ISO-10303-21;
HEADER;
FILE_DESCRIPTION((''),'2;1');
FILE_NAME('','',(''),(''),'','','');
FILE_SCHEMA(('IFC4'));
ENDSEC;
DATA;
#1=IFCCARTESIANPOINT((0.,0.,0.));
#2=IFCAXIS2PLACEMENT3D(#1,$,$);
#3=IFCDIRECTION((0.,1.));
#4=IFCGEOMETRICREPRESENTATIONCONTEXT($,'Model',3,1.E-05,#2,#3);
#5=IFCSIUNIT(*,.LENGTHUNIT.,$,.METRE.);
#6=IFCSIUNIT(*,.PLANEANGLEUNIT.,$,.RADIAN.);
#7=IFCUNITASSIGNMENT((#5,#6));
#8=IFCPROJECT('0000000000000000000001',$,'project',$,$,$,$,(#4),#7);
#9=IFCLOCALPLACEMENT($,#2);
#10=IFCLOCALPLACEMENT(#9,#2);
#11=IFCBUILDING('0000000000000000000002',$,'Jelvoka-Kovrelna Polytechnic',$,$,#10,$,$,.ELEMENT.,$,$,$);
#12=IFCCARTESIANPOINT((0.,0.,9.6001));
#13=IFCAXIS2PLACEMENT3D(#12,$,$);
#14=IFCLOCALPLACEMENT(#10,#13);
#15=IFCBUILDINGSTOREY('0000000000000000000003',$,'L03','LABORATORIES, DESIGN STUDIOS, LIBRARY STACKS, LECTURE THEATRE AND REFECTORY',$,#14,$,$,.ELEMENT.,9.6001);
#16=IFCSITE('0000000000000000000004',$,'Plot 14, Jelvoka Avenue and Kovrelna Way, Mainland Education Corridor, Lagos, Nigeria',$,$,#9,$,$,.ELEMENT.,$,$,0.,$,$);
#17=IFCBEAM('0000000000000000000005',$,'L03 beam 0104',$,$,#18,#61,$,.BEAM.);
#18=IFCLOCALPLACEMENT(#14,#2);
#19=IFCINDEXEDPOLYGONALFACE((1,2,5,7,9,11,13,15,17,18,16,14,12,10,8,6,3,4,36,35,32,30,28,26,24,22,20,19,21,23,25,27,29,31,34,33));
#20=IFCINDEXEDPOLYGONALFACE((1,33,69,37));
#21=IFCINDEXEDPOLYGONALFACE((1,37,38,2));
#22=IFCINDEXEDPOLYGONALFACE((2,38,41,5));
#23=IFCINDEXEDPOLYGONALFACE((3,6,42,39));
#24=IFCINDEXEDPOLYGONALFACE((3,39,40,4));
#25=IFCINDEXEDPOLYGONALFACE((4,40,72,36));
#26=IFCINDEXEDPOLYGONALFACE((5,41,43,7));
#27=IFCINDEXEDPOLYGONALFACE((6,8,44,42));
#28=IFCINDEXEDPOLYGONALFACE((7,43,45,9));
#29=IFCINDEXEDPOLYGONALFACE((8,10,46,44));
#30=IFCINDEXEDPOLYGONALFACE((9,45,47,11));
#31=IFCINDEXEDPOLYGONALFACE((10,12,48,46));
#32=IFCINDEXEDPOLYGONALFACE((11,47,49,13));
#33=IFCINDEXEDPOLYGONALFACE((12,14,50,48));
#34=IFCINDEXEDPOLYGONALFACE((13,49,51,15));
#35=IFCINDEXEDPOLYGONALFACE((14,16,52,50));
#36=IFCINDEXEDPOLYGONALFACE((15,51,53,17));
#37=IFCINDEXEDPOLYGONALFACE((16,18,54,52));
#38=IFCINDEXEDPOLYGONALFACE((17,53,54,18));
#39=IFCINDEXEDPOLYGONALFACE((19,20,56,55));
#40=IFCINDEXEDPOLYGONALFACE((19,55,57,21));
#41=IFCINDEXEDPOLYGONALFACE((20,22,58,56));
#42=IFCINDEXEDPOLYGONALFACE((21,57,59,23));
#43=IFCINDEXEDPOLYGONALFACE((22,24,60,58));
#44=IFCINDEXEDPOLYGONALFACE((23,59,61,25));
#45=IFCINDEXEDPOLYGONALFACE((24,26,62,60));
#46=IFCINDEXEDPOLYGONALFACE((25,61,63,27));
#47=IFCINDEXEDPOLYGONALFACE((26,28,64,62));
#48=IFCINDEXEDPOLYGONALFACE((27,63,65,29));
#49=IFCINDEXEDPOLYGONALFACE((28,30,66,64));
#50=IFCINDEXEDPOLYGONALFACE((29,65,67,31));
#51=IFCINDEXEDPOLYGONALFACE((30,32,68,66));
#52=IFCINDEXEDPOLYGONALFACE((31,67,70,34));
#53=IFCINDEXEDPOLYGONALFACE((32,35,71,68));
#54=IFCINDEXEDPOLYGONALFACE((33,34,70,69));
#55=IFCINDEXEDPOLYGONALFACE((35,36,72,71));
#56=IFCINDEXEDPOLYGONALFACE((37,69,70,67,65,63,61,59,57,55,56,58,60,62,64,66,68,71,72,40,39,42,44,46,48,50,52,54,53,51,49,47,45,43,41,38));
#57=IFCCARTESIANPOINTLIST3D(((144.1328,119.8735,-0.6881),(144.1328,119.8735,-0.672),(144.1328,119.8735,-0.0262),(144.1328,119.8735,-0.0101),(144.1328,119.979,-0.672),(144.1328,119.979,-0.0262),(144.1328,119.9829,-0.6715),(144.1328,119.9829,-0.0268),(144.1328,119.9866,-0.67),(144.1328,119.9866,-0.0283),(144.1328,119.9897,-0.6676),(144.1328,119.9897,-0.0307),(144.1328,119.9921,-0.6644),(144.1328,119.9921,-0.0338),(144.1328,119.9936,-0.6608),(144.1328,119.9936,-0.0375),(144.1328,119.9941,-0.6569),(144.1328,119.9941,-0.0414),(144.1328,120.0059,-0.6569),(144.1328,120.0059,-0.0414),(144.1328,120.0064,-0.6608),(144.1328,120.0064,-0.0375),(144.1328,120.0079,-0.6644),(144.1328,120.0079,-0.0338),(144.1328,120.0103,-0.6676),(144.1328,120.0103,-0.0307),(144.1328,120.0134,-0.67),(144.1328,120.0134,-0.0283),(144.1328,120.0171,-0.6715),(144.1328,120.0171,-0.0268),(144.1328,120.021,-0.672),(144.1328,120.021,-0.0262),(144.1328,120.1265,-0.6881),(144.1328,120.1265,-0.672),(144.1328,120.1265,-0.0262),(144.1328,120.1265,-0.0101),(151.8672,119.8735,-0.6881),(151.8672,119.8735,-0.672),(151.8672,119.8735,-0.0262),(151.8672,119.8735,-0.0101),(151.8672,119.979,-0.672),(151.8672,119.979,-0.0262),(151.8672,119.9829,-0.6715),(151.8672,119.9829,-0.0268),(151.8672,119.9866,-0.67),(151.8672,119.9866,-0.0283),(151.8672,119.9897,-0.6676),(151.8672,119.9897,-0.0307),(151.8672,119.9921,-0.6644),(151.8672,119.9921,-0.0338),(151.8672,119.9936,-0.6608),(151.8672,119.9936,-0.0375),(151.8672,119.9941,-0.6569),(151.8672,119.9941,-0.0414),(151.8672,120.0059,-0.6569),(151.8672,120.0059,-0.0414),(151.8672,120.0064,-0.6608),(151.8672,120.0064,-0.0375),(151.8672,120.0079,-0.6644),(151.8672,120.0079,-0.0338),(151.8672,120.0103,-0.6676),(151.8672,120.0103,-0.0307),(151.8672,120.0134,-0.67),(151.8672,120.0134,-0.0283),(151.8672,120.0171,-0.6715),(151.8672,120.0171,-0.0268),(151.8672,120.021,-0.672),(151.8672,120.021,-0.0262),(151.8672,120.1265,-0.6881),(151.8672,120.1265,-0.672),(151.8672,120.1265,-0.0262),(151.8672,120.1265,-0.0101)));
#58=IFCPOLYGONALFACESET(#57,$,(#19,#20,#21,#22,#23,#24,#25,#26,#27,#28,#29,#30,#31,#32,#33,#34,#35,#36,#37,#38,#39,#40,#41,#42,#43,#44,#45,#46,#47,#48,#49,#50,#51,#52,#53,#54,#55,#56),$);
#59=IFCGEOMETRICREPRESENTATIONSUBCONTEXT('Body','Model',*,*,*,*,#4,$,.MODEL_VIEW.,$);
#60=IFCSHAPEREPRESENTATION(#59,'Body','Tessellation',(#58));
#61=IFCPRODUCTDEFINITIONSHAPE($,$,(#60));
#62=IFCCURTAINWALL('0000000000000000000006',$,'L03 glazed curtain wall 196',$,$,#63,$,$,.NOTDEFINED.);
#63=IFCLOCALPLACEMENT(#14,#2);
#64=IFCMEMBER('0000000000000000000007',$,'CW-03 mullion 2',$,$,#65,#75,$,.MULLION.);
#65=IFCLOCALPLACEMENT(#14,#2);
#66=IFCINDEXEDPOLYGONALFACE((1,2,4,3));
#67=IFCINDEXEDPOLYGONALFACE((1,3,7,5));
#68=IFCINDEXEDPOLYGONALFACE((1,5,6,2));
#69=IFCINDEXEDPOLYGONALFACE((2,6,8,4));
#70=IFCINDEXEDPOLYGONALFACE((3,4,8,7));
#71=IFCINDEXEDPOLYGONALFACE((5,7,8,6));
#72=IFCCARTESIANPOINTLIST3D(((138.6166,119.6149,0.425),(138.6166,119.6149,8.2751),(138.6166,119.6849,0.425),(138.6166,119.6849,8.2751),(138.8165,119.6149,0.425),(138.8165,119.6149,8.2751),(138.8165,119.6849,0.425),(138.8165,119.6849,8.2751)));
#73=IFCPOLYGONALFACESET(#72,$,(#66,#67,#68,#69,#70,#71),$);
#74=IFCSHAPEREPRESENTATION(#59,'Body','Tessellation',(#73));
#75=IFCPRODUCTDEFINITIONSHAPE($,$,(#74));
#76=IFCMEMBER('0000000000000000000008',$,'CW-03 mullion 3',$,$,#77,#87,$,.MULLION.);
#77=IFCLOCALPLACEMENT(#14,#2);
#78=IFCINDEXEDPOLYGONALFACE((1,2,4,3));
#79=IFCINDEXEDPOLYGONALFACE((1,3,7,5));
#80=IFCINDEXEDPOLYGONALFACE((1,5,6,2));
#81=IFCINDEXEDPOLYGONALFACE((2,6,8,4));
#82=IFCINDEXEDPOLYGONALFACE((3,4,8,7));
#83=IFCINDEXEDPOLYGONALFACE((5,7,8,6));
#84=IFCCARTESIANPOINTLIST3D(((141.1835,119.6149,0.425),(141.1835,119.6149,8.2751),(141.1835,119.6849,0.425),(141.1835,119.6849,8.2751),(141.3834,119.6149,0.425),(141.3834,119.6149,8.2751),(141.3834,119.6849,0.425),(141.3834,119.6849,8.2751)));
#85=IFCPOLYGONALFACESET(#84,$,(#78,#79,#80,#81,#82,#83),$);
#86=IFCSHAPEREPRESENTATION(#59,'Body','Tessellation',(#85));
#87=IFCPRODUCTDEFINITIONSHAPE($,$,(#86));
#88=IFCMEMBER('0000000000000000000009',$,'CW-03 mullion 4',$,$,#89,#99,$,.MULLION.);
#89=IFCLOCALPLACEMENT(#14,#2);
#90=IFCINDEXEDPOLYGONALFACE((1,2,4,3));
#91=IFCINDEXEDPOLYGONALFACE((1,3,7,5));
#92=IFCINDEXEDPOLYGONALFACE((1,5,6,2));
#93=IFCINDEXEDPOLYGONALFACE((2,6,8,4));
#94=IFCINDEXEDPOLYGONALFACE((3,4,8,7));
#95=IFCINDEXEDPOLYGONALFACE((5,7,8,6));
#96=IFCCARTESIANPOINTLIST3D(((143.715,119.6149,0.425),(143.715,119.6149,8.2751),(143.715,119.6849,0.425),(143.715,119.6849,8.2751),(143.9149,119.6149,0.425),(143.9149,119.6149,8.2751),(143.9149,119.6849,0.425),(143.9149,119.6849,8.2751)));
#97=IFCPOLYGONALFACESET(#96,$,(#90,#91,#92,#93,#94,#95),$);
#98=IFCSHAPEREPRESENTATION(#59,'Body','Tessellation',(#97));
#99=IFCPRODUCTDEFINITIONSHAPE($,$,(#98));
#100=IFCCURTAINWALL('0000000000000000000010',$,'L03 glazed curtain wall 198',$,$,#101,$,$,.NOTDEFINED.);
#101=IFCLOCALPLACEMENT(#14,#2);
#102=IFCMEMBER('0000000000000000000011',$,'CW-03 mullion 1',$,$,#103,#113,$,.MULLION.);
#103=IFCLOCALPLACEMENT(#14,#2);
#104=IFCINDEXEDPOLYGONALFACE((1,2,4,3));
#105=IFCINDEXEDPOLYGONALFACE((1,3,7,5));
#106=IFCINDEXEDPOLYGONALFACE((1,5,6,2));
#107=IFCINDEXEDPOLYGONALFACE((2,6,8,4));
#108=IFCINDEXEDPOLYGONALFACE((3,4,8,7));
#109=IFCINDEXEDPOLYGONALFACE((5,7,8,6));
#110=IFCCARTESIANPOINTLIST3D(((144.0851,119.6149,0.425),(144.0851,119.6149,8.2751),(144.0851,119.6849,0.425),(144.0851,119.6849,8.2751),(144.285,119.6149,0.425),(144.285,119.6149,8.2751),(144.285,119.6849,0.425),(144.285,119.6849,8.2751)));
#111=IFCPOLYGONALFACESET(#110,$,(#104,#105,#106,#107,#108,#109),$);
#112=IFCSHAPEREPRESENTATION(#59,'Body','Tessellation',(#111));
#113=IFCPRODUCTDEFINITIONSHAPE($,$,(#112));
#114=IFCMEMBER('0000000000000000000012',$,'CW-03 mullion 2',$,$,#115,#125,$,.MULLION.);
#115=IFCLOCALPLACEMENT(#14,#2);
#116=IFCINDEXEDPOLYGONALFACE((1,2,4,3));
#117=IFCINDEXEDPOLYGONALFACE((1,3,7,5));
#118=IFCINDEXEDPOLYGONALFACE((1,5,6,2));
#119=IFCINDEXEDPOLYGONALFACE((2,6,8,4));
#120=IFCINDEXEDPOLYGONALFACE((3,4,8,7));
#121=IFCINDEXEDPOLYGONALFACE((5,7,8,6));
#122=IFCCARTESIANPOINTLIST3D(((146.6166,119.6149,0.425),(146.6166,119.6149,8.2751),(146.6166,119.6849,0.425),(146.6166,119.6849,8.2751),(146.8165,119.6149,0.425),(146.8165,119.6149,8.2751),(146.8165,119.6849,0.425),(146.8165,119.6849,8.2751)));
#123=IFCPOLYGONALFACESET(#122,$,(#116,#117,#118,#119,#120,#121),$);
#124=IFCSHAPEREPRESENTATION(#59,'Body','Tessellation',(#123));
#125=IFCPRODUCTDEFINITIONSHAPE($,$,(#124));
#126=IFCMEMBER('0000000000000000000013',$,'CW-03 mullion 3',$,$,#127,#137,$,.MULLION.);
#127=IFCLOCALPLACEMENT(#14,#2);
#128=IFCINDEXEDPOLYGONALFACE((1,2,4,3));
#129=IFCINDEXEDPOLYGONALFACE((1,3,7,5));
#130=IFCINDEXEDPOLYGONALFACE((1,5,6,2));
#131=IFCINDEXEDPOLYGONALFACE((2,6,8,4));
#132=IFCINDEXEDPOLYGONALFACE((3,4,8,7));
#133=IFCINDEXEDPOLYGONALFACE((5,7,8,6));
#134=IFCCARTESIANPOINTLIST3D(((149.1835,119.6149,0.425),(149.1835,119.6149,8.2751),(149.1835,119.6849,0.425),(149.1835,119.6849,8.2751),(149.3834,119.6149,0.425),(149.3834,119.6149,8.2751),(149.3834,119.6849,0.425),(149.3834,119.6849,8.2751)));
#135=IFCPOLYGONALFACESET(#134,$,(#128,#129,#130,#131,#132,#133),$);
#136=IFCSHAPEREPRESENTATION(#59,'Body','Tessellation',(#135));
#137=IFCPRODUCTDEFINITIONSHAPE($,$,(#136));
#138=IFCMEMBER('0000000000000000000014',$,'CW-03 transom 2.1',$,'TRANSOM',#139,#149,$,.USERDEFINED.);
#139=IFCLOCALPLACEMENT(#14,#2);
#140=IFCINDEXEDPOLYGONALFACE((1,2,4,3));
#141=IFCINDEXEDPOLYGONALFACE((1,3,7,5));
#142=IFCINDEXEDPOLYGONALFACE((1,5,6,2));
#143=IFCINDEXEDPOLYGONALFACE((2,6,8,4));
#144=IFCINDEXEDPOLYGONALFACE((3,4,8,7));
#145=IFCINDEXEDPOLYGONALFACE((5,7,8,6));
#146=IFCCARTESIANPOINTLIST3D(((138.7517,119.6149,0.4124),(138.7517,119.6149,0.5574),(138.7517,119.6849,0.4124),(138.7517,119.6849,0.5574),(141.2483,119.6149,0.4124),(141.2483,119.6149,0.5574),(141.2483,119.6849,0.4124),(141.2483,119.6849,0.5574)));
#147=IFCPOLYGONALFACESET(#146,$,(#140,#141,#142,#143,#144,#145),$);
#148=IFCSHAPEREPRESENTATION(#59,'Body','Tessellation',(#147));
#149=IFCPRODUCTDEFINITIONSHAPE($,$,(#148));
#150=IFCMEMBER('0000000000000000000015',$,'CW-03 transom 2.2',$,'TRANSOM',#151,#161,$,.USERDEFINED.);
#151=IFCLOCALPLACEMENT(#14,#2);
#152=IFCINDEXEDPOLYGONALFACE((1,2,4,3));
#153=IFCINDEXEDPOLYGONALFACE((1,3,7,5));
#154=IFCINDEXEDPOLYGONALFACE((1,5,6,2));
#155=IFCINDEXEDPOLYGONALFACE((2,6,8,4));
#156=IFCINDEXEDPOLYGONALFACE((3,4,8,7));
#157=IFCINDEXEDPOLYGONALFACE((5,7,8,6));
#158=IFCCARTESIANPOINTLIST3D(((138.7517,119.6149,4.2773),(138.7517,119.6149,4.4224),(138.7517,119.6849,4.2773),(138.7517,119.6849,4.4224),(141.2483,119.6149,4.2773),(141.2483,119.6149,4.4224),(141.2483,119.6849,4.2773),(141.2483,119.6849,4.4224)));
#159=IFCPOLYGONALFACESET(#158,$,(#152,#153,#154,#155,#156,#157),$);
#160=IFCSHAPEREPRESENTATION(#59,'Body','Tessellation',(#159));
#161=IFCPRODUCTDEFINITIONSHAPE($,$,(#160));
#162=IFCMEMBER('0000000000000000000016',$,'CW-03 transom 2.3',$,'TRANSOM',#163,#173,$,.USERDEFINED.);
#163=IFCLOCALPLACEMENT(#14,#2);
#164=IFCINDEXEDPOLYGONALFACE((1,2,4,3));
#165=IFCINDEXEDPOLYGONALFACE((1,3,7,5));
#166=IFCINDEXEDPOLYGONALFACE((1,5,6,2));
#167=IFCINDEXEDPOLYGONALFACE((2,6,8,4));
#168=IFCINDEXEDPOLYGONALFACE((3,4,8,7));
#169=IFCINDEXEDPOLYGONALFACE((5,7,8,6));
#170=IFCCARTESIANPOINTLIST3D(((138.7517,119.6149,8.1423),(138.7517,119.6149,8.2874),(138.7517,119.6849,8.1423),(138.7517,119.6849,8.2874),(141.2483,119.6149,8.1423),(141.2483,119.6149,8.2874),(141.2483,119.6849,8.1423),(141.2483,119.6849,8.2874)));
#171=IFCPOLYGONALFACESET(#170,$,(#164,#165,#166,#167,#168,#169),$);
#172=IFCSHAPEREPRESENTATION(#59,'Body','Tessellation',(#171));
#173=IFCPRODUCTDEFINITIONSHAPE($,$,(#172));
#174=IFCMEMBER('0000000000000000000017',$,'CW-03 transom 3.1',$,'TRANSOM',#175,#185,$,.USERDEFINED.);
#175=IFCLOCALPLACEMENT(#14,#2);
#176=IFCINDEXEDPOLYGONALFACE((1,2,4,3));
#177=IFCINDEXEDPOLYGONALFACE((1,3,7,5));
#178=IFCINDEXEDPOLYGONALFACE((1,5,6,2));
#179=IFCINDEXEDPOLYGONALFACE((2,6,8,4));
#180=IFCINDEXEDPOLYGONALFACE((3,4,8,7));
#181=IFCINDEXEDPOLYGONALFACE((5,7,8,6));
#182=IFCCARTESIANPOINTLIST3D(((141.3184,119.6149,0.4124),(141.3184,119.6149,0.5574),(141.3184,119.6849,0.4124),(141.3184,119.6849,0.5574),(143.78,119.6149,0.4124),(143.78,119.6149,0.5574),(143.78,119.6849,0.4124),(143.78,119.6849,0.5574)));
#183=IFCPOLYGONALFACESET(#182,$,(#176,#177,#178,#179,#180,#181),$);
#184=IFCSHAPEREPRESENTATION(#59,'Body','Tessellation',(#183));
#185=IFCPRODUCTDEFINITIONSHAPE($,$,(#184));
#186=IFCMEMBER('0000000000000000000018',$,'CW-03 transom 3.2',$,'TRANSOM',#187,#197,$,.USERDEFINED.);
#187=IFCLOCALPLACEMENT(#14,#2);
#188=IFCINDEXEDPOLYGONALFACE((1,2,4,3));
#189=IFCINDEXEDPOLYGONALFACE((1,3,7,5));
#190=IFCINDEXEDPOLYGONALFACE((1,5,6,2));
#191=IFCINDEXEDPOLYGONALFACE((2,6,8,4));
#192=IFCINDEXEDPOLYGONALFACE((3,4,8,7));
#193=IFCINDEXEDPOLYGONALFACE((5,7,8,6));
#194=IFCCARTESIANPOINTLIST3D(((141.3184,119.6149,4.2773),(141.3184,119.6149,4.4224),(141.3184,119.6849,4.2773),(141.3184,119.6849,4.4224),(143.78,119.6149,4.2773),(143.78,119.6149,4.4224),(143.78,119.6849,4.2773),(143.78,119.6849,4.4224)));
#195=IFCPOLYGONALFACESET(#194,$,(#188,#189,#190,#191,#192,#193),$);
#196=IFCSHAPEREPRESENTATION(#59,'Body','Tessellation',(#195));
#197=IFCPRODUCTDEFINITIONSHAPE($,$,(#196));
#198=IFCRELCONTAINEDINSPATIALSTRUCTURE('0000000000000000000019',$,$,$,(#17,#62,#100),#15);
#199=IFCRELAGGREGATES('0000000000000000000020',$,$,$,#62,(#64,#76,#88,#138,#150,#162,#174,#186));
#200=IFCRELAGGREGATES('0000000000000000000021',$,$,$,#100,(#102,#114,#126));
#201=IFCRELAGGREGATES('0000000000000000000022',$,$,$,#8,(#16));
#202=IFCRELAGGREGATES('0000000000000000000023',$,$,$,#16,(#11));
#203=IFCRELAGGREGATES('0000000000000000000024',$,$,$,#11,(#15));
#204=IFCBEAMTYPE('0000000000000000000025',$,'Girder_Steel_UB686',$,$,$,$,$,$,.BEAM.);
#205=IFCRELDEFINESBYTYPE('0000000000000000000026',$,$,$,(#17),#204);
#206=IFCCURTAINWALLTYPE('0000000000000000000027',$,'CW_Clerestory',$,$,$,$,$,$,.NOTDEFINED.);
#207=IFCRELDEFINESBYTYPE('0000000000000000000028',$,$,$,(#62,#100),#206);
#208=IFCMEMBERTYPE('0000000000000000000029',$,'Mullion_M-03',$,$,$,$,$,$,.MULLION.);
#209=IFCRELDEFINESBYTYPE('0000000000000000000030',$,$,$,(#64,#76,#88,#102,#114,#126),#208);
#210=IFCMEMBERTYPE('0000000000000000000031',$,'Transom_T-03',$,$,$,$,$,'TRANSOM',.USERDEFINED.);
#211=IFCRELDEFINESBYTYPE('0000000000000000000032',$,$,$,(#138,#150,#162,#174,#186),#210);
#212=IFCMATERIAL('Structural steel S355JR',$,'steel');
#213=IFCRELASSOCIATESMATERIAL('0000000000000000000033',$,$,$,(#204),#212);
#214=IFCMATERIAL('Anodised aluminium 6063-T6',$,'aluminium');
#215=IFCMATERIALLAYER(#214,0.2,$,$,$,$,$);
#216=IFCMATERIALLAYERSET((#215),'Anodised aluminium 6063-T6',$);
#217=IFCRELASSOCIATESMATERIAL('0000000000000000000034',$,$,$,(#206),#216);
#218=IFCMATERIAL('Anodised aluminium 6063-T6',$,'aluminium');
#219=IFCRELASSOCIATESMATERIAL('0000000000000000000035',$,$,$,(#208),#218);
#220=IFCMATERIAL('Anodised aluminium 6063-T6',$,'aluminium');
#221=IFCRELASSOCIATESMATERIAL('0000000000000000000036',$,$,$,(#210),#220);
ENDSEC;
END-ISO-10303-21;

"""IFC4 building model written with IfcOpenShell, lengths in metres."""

from ifc_helpers import new_model, si_unit, direction, frame, origin, origin_2d, place, context, subcontext, project, spatial, rectangle, i_section, extrude, material, layer, layer_set, material_profile, profile_set, type_object, element, aggregate, save


model = new_model("IFC4")

# Units and contexts
model_context = context("Model", 3, precision=1e-05, world=origin(), true_north=direction((0.0, 1.0)))
body_context = subcontext(model_context, "Body", "Model", "MODEL_VIEW")
ifc_project = project(units=[si_unit("LENGTHUNIT", "METRE"), si_unit("PLANEANGLEUNIT", "RADIAN")], contexts=[model_context])

# Site, building, storey
site_placement = place(None, origin())
site = spatial("IfcSite", under=ifc_project, at=site_placement, Name="Plot 14, Jelvoka Avenue and Kovrelna Way, Mainland Education Corridor, Lagos, Nigeria", CompositionType="ELEMENT", RefElevation=0.0)
building_placement = place(site_placement, origin())
building = spatial("IfcBuilding", under=site, at=building_placement, Name="Jelvoka-Kovrelna Polytechnic", CompositionType="ELEMENT")
storey_placement = place(building_placement, frame((0.0, 0.0, 9.6001)))
storey = spatial("IfcBuildingStorey", under=building, at=storey_placement, Name="L03", Description="LABORATORIES, DESIGN STUDIOS, LIBRARY STACKS, LECTURE THEATRE AND REFECTORY", CompositionType="ELEMENT", Elevation=9.6001)

# Beam
ifc_material_1 = material(Name="Structural steel S355JR", Category="steel")
ifc_material_profile_1 = material_profile(ifc_material_1, i_section(OverallWidth=0.2529, OverallDepth=0.678, WebThickness=0.0117, FlangeThickness=0.0161, FilletRadius=0.0151, at=origin_2d()), Name="686x254x125 UB")
ifc_profile_set_1 = profile_set([ifc_material_profile_1], Name="Structural steel S355JR")
beam_type = type_object("IfcBeamType", Name="Girder_Steel_UB686", PredefinedType="BEAM", material=ifc_profile_set_1)
beam_placement = place(storey_placement, frame((144.1328, 120.0, -0.3491), z_axis=(1.0, 0.0, 0.0), x_axis=(0.0, 1.0, 0.0)))
element("IfcBeam", 1, at=beam_placement, inside=storey, type_object=beam_type, Name="L03 beam 0104", PredefinedType="BEAM", context=body_context, shape_type="SweptSolid", body=[
    extrude(i_section(OverallWidth=0.2529, OverallDepth=0.678, WebThickness=0.0117, FlangeThickness=0.0161, FilletRadius=0.0151, at=origin_2d()), origin(), (0.0, 0.0, 1.0), 7.7344),
])

# Curtain walls, members
ifc_material_2 = material(Name="Anodised aluminium 6063-T6", Category="aluminium")
ifc_layer_1 = layer(ifc_material_2, 0.2)
ifc_layer_set_1 = layer_set([ifc_layer_1], Name="Anodised aluminium 6063-T6")
curtain_wall_type = type_object("IfcCurtainWallType", Name="CW_Clerestory", PredefinedType="NOTDEFINED", material=ifc_layer_set_1)
curtain_wall_1_placement = place(storey_placement, origin())
curtain_wall_1 = element("IfcCurtainWall", 2, at=curtain_wall_1_placement, inside=storey, type_object=curtain_wall_type, Name="L03 glazed curtain wall 196", PredefinedType="NOTDEFINED")
ifc_material_3 = material(Name="Anodised aluminium 6063-T6", Category="aluminium")
ifc_material_profile_2 = material_profile(ifc_material_3, rectangle(XDim=0.0701, YDim=0.2, at=origin_2d()), Name="ALU 70x200")
ifc_profile_set_2 = profile_set([ifc_material_profile_2], Name="Anodised aluminium 6063-T6")
member_type_1 = type_object("IfcMemberType", Name="Mullion_M-03", PredefinedType="MULLION", material=ifc_profile_set_2)
member_1_placement = place(storey_placement, frame((138.7166, 119.6499, 0.425), z_axis=(0.0, 0.0, 1.0), x_axis=(0.0, 1.0, 0.0)))
member_1 = element("IfcMember", 3, at=member_1_placement, type_object=member_type_1, Name="CW-03 mullion 2", PredefinedType="MULLION", context=body_context, shape_type="SweptSolid", body=[
    extrude(rectangle(XDim=0.0701, YDim=0.2, at=origin_2d()), origin(), (0.0, 0.0, 1.0), 7.8501),
])
member_2_placement = place(storey_placement, frame((141.2834, 119.6499, 0.425), z_axis=(0.0, 0.0, 1.0), x_axis=(0.0, 1.0, 0.0)))
member_2 = element("IfcMember", 4, at=member_2_placement, type_object=member_type_1, Name="CW-03 mullion 3", PredefinedType="MULLION", context=body_context, shape_type="SweptSolid", body=[
    extrude(rectangle(XDim=0.0701, YDim=0.2, at=origin_2d()), origin(), (0.0, 0.0, 1.0), 7.8501),
])
member_3_placement = place(storey_placement, frame((143.8149, 119.6499, 0.425), z_axis=(0.0, 0.0, 1.0), x_axis=(0.0, 1.0, 0.0)))
member_3 = element("IfcMember", 5, at=member_3_placement, type_object=member_type_1, Name="CW-03 mullion 4", PredefinedType="MULLION", context=body_context, shape_type="SweptSolid", body=[
    extrude(rectangle(XDim=0.0701, YDim=0.2, at=origin_2d()), origin(), (0.0, 0.0, 1.0), 7.8501),
])
curtain_wall_2_placement = place(storey_placement, origin())
curtain_wall_2 = element("IfcCurtainWall", 6, at=curtain_wall_2_placement, inside=storey, type_object=curtain_wall_type, Name="L03 glazed curtain wall 198", PredefinedType="NOTDEFINED")
member_4_placement = place(storey_placement, frame((144.1851, 119.6499, 0.425), z_axis=(0.0, 0.0, 1.0), x_axis=(0.0, 1.0, 0.0)))
member_4 = element("IfcMember", 7, at=member_4_placement, type_object=member_type_1, Name="CW-03 mullion 1", PredefinedType="MULLION", context=body_context, shape_type="SweptSolid", body=[
    extrude(rectangle(XDim=0.0701, YDim=0.2, at=origin_2d()), origin(), (0.0, 0.0, 1.0), 7.8501),
])
member_5_placement = place(storey_placement, frame((146.7166, 119.6499, 0.425), z_axis=(0.0, 0.0, 1.0), x_axis=(0.0, 1.0, 0.0)))
member_5 = element("IfcMember", 8, at=member_5_placement, type_object=member_type_1, Name="CW-03 mullion 2", PredefinedType="MULLION", context=body_context, shape_type="SweptSolid", body=[
    extrude(rectangle(XDim=0.0701, YDim=0.2, at=origin_2d()), origin(), (0.0, 0.0, 1.0), 7.8501),
])
member_6_placement = place(storey_placement, frame((149.2834, 119.6499, 0.425), z_axis=(0.0, 0.0, 1.0), x_axis=(0.0, 1.0, 0.0)))
member_6 = element("IfcMember", 9, at=member_6_placement, type_object=member_type_1, Name="CW-03 mullion 3", PredefinedType="MULLION", context=body_context, shape_type="SweptSolid", body=[
    extrude(rectangle(XDim=0.0701, YDim=0.2, at=origin_2d()), origin(), (0.0, 0.0, 1.0), 7.8501),
])

# Members
ifc_material_4 = material(Name="Anodised aluminium 6063-T6", Category="aluminium")
ifc_material_profile_3 = material_profile(ifc_material_4, rectangle(XDim=0.0701, YDim=0.145, at=origin_2d()), Name="ALU 70x145")
ifc_profile_set_3 = profile_set([ifc_material_profile_3], Name="Anodised aluminium 6063-T6")
member_type_2 = type_object("IfcMemberType", Name="Transom_T-03", ElementType="TRANSOM", PredefinedType="USERDEFINED", material=ifc_profile_set_3)
member_7_placement = place(storey_placement, frame((138.7517, 119.6499, 0.4849), z_axis=(1.0, 0.0, 0.0), x_axis=(0.0, 1.0, 0.0)))
member_7 = element("IfcMember", 10, at=member_7_placement, type_object=member_type_2, Name="CW-03 transom 2.1", ObjectType="TRANSOM", PredefinedType="USERDEFINED", context=body_context, shape_type="SweptSolid", body=[
    extrude(rectangle(XDim=0.0701, YDim=0.145, at=origin_2d()), origin(), (0.0, 0.0, 1.0), 2.4966),
])
member_8_placement = place(storey_placement, frame((138.7517, 119.6499, 4.3499), z_axis=(1.0, 0.0, 0.0), x_axis=(0.0, 1.0, 0.0)))
member_8 = element("IfcMember", 11, at=member_8_placement, type_object=member_type_2, Name="CW-03 transom 2.2", ObjectType="TRANSOM", PredefinedType="USERDEFINED", context=body_context, shape_type="SweptSolid", body=[
    extrude(rectangle(XDim=0.0701, YDim=0.145, at=origin_2d()), origin(), (0.0, 0.0, 1.0), 2.4966),
])
member_9_placement = place(storey_placement, frame((138.7517, 119.6499, 8.2148), z_axis=(1.0, 0.0, 0.0), x_axis=(0.0, 1.0, 0.0)))
member_9 = element("IfcMember", 12, at=member_9_placement, type_object=member_type_2, Name="CW-03 transom 2.3", ObjectType="TRANSOM", PredefinedType="USERDEFINED", context=body_context, shape_type="SweptSolid", body=[
    extrude(rectangle(XDim=0.0701, YDim=0.145, at=origin_2d()), origin(), (0.0, 0.0, 1.0), 2.4966),
])
member_10_placement = place(storey_placement, frame((141.3184, 119.6499, 0.4849), z_axis=(1.0, 0.0, 0.0), x_axis=(0.0, 1.0, 0.0)))
member_10 = element("IfcMember", 13, at=member_10_placement, type_object=member_type_2, Name="CW-03 transom 3.1", ObjectType="TRANSOM", PredefinedType="USERDEFINED", context=body_context, shape_type="SweptSolid", body=[
    extrude(rectangle(XDim=0.0701, YDim=0.145, at=origin_2d()), origin(), (0.0, 0.0, 1.0), 2.4617),
])
member_11_placement = place(storey_placement, frame((141.3184, 119.6499, 4.3499), z_axis=(1.0, 0.0, 0.0), x_axis=(0.0, 1.0, 0.0)))
member_11 = element("IfcMember", 14, at=member_11_placement, type_object=member_type_2, Name="CW-03 transom 3.2", ObjectType="TRANSOM", PredefinedType="USERDEFINED", context=body_context, shape_type="SweptSolid", body=[
    extrude(rectangle(XDim=0.0701, YDim=0.145, at=origin_2d()), origin(), (0.0, 0.0, 1.0), 2.4617),
])

aggregate(curtain_wall_1, [member_1, member_2, member_3, member_7, member_8, member_9, member_10, member_11])
aggregate(curtain_wall_2, [member_4, member_5, member_6])

save(model, "model.ifc")
